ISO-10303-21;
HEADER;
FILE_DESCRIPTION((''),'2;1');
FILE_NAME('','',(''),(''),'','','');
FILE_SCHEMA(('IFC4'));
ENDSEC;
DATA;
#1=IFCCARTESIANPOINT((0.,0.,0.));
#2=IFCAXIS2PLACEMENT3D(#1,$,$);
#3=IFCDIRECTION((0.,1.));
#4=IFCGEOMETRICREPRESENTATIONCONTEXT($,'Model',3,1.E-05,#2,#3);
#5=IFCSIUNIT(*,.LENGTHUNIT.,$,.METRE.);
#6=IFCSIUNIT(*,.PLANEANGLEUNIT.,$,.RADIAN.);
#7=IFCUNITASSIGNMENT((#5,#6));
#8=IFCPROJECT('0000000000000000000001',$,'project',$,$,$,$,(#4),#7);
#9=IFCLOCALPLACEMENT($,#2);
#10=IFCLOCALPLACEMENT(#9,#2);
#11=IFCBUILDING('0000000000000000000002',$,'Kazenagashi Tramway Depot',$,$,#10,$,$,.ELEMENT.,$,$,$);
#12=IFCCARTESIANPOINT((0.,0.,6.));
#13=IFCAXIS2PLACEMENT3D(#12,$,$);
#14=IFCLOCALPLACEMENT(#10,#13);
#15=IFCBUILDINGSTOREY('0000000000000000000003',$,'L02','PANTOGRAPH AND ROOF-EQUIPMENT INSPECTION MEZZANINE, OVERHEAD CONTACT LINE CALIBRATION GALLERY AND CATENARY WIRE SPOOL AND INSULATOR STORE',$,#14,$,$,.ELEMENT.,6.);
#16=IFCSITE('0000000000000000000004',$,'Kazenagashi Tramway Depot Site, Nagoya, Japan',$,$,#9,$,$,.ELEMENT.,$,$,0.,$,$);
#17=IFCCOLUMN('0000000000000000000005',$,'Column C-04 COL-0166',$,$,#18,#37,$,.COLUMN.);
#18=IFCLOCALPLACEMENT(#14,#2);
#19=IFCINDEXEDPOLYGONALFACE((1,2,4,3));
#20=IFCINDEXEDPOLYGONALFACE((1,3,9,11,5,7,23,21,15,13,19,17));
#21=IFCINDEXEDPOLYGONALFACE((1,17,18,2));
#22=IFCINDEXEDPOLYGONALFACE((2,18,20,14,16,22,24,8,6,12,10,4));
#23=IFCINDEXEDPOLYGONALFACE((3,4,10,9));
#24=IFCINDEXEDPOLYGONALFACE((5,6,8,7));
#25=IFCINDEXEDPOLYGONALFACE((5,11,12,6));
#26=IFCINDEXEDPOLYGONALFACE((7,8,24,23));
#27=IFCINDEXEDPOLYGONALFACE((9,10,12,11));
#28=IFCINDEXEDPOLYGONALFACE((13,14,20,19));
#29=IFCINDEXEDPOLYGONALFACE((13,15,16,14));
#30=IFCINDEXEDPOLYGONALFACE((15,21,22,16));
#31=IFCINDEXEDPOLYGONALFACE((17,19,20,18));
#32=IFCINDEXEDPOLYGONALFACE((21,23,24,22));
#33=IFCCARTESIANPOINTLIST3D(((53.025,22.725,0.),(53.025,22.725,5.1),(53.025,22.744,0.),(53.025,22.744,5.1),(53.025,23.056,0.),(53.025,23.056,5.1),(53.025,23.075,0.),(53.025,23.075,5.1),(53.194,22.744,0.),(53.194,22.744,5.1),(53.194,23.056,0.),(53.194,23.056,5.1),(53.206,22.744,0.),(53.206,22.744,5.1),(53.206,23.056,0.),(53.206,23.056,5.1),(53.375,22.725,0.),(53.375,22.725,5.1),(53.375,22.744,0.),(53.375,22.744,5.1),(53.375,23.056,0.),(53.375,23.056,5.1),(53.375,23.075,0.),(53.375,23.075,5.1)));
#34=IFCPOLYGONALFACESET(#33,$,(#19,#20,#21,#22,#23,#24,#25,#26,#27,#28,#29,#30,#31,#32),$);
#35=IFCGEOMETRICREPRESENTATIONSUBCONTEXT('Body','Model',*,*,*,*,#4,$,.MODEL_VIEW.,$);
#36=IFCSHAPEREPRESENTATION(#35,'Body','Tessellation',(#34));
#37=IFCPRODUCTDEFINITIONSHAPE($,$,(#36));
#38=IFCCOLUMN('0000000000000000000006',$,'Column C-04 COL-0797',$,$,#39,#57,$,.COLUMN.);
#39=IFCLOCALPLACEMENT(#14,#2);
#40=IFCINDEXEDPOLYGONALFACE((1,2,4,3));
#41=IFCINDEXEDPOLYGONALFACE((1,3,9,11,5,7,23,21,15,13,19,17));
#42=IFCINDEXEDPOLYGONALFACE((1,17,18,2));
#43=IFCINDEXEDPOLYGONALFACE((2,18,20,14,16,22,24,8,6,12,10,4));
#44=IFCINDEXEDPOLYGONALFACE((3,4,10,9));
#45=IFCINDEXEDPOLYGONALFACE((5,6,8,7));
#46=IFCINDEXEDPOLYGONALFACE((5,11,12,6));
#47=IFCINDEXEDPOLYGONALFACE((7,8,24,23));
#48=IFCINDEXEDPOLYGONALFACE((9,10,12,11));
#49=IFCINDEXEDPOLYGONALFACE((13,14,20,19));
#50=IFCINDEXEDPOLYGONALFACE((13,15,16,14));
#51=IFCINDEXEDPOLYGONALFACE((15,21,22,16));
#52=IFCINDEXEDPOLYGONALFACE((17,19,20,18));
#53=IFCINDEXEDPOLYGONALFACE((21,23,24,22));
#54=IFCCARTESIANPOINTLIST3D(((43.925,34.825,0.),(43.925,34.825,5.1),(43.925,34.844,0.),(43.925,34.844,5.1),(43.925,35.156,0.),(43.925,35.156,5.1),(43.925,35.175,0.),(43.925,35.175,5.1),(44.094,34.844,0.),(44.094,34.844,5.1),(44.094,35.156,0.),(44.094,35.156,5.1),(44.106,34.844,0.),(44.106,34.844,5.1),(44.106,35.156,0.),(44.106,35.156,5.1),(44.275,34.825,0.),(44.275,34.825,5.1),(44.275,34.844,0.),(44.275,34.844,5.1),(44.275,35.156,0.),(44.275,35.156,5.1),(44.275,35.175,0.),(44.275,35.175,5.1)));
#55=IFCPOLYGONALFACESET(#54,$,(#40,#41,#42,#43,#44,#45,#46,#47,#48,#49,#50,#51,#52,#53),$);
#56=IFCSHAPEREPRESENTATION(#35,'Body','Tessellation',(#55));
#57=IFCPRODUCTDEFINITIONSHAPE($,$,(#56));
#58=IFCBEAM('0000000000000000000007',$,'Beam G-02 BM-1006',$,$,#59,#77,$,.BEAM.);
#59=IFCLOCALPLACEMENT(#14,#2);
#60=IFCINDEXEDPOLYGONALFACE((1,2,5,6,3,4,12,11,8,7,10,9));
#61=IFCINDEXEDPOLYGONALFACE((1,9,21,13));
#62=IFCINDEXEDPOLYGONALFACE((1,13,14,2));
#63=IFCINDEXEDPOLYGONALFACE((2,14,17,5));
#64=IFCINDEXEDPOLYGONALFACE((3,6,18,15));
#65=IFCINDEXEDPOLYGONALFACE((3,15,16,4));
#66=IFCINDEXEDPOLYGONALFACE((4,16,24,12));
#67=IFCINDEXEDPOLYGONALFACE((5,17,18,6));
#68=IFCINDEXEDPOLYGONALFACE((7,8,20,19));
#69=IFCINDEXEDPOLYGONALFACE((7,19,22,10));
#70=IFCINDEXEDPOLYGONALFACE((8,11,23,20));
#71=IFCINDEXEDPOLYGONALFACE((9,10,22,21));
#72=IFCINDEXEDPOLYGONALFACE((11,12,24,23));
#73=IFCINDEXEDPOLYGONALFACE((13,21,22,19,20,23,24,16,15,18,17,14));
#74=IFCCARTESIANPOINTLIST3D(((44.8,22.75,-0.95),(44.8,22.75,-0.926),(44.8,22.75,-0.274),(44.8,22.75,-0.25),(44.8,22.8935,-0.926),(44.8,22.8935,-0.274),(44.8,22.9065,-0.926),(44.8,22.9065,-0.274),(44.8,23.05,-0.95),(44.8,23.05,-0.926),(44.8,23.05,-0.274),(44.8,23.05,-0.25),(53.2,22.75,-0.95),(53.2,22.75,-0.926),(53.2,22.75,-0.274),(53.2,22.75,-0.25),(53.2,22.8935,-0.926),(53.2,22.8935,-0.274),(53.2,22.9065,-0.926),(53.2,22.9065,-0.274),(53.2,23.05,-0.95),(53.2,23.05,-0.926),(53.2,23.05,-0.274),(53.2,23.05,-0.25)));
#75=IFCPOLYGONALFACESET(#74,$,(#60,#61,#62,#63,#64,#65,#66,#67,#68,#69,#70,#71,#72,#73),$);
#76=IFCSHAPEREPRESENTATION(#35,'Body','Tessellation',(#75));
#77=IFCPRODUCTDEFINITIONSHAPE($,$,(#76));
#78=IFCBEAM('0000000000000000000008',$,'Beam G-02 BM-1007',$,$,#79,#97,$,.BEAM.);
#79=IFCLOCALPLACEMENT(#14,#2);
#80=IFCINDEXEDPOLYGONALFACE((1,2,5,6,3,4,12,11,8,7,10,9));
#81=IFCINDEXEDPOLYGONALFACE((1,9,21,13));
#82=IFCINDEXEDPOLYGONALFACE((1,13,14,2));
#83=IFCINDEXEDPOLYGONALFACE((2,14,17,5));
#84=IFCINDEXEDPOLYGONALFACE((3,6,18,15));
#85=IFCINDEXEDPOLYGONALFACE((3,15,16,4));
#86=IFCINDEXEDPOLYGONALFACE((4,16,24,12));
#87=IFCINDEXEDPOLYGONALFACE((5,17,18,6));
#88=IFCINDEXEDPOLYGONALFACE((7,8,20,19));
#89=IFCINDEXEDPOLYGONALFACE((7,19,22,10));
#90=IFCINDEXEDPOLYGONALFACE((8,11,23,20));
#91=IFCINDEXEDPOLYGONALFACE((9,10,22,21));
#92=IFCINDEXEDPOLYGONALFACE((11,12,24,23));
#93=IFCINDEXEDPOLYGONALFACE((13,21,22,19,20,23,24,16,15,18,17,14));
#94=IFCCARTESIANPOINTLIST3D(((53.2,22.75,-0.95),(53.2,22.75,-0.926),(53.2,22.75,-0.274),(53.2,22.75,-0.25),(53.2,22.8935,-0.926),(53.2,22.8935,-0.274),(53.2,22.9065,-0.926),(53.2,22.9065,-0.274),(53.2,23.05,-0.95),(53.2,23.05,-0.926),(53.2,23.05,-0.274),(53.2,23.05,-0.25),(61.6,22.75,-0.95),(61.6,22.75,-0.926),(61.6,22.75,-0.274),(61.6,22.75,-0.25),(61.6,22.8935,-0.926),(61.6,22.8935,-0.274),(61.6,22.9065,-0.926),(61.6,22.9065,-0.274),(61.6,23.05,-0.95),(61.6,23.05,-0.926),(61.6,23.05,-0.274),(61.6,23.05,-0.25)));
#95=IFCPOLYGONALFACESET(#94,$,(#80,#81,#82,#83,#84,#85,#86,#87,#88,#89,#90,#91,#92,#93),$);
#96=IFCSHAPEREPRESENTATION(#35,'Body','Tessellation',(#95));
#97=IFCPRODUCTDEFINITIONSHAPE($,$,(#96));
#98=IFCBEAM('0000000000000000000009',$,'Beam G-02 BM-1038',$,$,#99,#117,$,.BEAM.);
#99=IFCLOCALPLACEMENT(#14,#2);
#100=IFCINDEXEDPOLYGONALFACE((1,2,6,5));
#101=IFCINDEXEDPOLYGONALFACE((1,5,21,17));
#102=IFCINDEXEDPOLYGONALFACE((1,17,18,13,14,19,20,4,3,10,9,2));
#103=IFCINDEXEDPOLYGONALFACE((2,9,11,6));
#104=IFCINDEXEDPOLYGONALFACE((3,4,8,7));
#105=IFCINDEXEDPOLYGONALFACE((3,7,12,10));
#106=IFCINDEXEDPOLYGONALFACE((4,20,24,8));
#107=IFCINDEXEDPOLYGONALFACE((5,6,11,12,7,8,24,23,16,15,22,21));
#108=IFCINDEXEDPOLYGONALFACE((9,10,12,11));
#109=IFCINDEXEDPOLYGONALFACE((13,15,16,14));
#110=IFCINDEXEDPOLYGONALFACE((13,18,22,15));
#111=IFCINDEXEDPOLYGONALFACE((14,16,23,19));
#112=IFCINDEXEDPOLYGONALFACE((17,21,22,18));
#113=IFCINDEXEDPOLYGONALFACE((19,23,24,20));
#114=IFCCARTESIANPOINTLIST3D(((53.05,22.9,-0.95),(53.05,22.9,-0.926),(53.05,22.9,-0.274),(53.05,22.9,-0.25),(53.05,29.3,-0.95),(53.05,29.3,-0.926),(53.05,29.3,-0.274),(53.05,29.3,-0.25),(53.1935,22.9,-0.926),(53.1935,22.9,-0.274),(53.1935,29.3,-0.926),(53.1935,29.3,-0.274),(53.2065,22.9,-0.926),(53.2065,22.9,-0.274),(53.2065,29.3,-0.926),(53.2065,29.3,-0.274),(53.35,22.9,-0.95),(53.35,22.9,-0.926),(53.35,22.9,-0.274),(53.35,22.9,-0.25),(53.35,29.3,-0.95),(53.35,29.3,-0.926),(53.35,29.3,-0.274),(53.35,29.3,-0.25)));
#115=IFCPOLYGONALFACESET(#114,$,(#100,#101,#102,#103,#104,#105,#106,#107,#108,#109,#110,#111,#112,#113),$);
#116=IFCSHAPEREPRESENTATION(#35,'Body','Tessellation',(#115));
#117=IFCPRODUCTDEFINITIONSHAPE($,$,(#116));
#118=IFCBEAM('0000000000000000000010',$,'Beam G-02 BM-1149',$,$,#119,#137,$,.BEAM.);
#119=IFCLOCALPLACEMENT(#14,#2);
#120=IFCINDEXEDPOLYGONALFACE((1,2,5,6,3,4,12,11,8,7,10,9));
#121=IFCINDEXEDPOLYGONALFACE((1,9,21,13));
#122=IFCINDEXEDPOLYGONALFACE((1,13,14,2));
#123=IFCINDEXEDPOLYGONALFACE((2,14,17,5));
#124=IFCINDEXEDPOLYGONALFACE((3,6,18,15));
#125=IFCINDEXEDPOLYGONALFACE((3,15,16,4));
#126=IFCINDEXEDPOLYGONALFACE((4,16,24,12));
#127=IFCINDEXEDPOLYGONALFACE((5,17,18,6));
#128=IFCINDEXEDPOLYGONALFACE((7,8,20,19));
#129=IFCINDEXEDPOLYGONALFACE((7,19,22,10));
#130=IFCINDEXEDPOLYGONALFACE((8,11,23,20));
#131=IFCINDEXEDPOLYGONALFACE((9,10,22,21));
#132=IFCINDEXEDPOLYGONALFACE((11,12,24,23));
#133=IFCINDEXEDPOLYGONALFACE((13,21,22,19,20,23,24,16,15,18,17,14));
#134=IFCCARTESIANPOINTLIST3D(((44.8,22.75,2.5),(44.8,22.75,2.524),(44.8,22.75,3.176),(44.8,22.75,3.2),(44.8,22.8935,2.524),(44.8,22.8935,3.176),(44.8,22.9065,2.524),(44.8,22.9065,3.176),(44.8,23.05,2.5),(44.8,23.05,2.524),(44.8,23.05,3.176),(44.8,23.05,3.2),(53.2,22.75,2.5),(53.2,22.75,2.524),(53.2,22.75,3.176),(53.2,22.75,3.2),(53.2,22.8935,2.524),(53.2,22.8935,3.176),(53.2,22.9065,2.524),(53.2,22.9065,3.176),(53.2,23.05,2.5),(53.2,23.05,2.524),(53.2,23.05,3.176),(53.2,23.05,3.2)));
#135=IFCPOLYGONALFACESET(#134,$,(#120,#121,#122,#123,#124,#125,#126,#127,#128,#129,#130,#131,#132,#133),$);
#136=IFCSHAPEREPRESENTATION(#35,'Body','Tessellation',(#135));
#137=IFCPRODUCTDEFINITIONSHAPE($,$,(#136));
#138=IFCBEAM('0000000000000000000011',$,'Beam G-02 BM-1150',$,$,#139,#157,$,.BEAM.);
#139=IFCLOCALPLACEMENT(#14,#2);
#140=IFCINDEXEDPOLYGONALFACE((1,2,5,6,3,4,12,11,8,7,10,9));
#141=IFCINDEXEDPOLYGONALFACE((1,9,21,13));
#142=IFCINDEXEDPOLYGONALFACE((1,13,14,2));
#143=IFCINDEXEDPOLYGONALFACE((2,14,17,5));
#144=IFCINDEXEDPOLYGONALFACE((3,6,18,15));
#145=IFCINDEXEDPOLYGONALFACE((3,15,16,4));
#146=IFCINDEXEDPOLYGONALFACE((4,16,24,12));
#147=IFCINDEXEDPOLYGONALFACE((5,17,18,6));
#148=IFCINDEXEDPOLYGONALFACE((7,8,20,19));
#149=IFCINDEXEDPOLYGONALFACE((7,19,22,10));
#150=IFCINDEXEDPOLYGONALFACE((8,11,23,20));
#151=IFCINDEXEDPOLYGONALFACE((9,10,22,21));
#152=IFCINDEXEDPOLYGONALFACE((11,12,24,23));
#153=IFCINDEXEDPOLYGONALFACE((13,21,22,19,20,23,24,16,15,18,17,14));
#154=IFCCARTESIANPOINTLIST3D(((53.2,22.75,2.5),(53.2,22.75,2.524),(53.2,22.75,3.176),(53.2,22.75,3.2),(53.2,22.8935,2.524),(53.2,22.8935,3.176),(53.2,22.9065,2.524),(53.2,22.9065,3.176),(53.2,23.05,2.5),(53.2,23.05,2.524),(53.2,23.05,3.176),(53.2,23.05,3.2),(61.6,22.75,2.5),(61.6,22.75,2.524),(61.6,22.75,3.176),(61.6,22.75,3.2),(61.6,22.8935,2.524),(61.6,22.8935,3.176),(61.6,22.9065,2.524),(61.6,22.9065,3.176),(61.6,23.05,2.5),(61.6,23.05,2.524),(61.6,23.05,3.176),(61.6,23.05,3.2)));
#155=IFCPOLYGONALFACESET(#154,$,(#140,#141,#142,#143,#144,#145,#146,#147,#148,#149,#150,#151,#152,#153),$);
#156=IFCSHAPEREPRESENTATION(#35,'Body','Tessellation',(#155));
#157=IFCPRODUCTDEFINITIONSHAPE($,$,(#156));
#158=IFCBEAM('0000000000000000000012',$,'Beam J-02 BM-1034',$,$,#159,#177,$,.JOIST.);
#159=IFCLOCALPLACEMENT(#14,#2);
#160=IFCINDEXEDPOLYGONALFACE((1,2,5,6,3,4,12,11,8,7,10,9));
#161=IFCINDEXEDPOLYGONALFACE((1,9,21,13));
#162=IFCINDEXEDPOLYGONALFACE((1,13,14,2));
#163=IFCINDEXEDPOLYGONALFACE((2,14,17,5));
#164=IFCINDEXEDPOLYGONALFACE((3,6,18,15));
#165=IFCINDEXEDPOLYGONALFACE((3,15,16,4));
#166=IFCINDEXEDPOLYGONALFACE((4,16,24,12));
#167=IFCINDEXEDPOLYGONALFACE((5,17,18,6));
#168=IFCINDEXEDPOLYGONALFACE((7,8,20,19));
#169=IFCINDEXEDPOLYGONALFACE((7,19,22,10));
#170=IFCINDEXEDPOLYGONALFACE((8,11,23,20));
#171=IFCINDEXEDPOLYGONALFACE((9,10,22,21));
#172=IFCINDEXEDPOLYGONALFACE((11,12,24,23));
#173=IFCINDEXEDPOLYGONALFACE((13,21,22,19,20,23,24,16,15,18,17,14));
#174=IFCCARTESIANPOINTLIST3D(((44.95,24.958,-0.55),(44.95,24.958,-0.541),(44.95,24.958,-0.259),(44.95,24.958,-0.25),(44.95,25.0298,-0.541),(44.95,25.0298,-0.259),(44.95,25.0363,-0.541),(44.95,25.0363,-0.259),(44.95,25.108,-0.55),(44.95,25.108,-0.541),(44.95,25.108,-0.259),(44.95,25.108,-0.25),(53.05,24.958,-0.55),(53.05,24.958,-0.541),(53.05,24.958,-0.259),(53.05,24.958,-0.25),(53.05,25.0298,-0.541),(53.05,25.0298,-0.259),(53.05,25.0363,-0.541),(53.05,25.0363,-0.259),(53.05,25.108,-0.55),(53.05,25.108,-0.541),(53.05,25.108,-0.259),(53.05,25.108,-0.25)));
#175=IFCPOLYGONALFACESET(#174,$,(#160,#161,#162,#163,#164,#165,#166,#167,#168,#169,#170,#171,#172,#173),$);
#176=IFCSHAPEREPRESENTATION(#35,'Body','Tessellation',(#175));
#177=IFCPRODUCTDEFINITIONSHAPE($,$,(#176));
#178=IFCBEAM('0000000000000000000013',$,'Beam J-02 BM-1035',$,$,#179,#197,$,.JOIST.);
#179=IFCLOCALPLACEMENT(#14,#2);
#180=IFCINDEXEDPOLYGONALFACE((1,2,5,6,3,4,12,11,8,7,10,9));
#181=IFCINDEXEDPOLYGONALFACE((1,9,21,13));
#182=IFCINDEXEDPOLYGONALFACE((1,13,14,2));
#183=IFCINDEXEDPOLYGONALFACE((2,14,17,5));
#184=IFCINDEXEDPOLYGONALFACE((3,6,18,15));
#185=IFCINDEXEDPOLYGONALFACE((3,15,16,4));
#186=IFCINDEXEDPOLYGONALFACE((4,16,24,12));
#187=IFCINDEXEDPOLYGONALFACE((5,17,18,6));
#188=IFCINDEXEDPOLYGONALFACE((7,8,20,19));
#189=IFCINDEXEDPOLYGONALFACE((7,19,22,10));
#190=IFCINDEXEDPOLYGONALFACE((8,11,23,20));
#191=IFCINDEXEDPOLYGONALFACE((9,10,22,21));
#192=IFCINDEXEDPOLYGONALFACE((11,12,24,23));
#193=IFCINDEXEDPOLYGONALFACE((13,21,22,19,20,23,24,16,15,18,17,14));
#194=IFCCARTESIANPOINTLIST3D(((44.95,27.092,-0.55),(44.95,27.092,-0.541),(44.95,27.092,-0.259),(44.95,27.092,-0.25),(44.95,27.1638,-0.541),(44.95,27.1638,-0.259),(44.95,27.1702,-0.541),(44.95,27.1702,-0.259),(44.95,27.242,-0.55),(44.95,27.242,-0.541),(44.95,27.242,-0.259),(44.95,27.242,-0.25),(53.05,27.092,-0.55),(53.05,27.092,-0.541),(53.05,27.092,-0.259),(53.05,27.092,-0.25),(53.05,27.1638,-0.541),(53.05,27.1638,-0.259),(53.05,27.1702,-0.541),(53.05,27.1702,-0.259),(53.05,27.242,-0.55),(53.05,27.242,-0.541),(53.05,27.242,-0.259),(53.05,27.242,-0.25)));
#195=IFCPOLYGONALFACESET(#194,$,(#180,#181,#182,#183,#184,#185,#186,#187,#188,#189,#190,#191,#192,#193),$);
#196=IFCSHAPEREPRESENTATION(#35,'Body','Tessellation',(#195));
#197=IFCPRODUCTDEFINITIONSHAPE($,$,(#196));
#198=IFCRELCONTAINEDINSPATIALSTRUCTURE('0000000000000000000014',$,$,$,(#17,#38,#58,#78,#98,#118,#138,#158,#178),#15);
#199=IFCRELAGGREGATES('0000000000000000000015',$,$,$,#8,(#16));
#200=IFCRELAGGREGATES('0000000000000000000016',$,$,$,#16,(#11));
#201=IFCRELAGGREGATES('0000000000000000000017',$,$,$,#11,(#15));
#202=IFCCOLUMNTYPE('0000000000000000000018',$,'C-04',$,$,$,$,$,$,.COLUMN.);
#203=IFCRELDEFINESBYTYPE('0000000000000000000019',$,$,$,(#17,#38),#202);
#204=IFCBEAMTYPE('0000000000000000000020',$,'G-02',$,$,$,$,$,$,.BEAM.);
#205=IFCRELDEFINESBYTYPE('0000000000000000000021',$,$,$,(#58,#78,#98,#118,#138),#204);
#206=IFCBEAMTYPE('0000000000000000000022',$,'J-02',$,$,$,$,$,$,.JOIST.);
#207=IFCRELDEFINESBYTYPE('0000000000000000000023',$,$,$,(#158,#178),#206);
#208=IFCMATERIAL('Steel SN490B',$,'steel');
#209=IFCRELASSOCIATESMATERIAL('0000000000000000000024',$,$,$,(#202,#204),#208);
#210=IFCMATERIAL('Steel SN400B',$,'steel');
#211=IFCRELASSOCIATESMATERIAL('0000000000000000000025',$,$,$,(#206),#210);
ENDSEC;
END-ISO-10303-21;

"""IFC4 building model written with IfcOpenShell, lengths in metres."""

from ifc_helpers import new_model, si_unit, direction, frame, origin, origin_2d, place, context, subcontext, project, spatial, i_section, extrude, material, material_profile, profile_set, type_object, element, save


model = new_model("IFC4")

# Units and contexts
model_context = context("Model", 3, precision=1e-05, world=origin(), true_north=direction((0.0, 1.0)))
body_context = subcontext(model_context, "Body", "Model", "MODEL_VIEW")
ifc_project = project(units=[si_unit("LENGTHUNIT", "METRE"), si_unit("PLANEANGLEUNIT", "RADIAN")], contexts=[model_context])

# Site, building, storey
site_placement = place(None, origin())
site = spatial("IfcSite", under=ifc_project, at=site_placement, Name="Kazenagashi Tramway Depot Site, Nagoya, Japan", CompositionType="ELEMENT", RefElevation=0.0)
building_placement = place(site_placement, origin())
building = spatial("IfcBuilding", under=site, at=building_placement, Name="Kazenagashi Tramway Depot", CompositionType="ELEMENT")
storey_placement = place(building_placement, frame((0.0, 0.0, 6.0)))
storey = spatial("IfcBuildingStorey", under=building, at=storey_placement, Name="L02", Description="PANTOGRAPH AND ROOF-EQUIPMENT INSPECTION MEZZANINE, OVERHEAD CONTACT LINE CALIBRATION GALLERY AND CATENARY WIRE SPOOL AND INSULATOR STORE", CompositionType="ELEMENT", Elevation=6.0)

# Columns
ifc_material_1 = material(Name="Steel SN490B", Category="steel")
ifc_material_profile_1 = material_profile(ifc_material_1, i_section(OverallWidth=0.35, OverallDepth=0.35, WebThickness=0.012, FlangeThickness=0.019, at=origin_2d()), Name="H-350x350x12x19")
ifc_profile_set_1 = profile_set([ifc_material_profile_1], Name="Steel SN490B")
column_type = type_object("IfcColumnType", Name="C-04", PredefinedType="COLUMN", material=ifc_profile_set_1)
for number, where, z_axis, x_axis, name in (
    (1, (53.2, 22.9, 0.0), (0.0, 0.0, 1.0), (1.0, 0.0, 0.0), "Column C-04 COL-0166"),
    (2, (44.1, 35.0, 0.0), (0.0, 0.0, 1.0), (1.0, 0.0, 0.0), "Column C-04 COL-0797"),
):
    element("IfcColumn", number, at=place(storey_placement, frame(where, z_axis=z_axis, x_axis=x_axis)), inside=storey, type_object=column_type, Name=name, PredefinedType="COLUMN", context=body_context, shape_type="SweptSolid", body=[
        extrude(i_section(OverallWidth=0.35, OverallDepth=0.35, WebThickness=0.012, FlangeThickness=0.019, at=origin_2d()), origin(), (0.0, 0.0, 1.0), 5.1),
    ])

# Beams
ifc_material_profile_2 = material_profile(ifc_material_1, i_section(OverallWidth=0.3, OverallDepth=0.7, WebThickness=0.013, FlangeThickness=0.024, at=origin_2d()), Name="H-700x300x13x24")
ifc_profile_set_2 = profile_set([ifc_material_profile_2], Name="Steel SN490B")
beam_type_1 = type_object("IfcBeamType", Name="G-02", PredefinedType="BEAM", material=ifc_profile_set_2)
for number, where, z_axis, x_axis, name in (
    (3, (44.8, 22.9, -0.6), (1.0, 0.0, 0.0), (0.0, 1.0, 0.0), "Beam G-02 BM-1006"),
    (4, (53.2, 22.9, -0.6), (1.0, 0.0, 0.0), (0.0, 1.0, 0.0), "Beam G-02 BM-1007"),
):
    element("IfcBeam", number, at=place(storey_placement, frame(where, z_axis=z_axis, x_axis=x_axis)), inside=storey, type_object=beam_type_1, Name=name, PredefinedType="BEAM", context=body_context, shape_type="SweptSolid", body=[
        extrude(i_section(OverallWidth=0.3, OverallDepth=0.7, WebThickness=0.013, FlangeThickness=0.024, at=origin_2d()), origin(), (0.0, 0.0, 1.0), 8.4),
    ])
beam_placement = place(storey_placement, frame((53.2, 22.9, -0.6), z_axis=(0.0, 1.0, 0.0), x_axis=(-1.0, 0.0, 0.0)))
element("IfcBeam", 5, at=beam_placement, inside=storey, type_object=beam_type_1, Name="Beam G-02 BM-1038", PredefinedType="BEAM", context=body_context, shape_type="SweptSolid", body=[
    extrude(i_section(OverallWidth=0.3, OverallDepth=0.7, WebThickness=0.013, FlangeThickness=0.024, at=origin_2d()), origin(), (0.0, 0.0, 1.0), 6.4),
])
for number, where, z_axis, x_axis, name in (
    (6, (44.8, 22.9, 2.85), (1.0, 0.0, 0.0), (0.0, 1.0, 0.0), "Beam G-02 BM-1149"),
    (7, (53.2, 22.9, 2.85), (1.0, 0.0, 0.0), (0.0, 1.0, 0.0), "Beam G-02 BM-1150"),
):
    element("IfcBeam", number, at=place(storey_placement, frame(where, z_axis=z_axis, x_axis=x_axis)), inside=storey, type_object=beam_type_1, Name=name, PredefinedType="BEAM", context=body_context, shape_type="SweptSolid", body=[
        extrude(i_section(OverallWidth=0.3, OverallDepth=0.7, WebThickness=0.013, FlangeThickness=0.024, at=origin_2d()), origin(), (0.0, 0.0, 1.0), 8.4),
    ])
ifc_material_2 = material(Name="Steel SN400B", Category="steel")
ifc_material_profile_3 = material_profile(ifc_material_2, i_section(OverallWidth=0.15, OverallDepth=0.3, WebThickness=0.0065, FlangeThickness=0.009, at=origin_2d()), Name="H-300x150x6.5x9")
ifc_profile_set_3 = profile_set([ifc_material_profile_3], Name="Steel SN400B")
beam_type_2 = type_object("IfcBeamType", Name="J-02", PredefinedType="JOIST", material=ifc_profile_set_3)
for number, where, z_axis, x_axis, name in (
    (8, (44.95, 25.033, -0.4), (1.0, 0.0, 0.0), (0.0, 1.0, 0.0), "Beam J-02 BM-1034"),
    (9, (44.95, 27.167, -0.4), (1.0, 0.0, 0.0), (0.0, 1.0, 0.0), "Beam J-02 BM-1035"),
):
    element("IfcBeam", number, at=place(storey_placement, frame(where, z_axis=z_axis, x_axis=x_axis)), inside=storey, type_object=beam_type_2, Name=name, PredefinedType="JOIST", context=body_context, shape_type="SweptSolid", body=[
        extrude(i_section(OverallWidth=0.15, OverallDepth=0.3, WebThickness=0.0065, FlangeThickness=0.009, at=origin_2d()), origin(), (0.0, 0.0, 1.0), 8.1),
    ])

save(model, "model.ifc")
